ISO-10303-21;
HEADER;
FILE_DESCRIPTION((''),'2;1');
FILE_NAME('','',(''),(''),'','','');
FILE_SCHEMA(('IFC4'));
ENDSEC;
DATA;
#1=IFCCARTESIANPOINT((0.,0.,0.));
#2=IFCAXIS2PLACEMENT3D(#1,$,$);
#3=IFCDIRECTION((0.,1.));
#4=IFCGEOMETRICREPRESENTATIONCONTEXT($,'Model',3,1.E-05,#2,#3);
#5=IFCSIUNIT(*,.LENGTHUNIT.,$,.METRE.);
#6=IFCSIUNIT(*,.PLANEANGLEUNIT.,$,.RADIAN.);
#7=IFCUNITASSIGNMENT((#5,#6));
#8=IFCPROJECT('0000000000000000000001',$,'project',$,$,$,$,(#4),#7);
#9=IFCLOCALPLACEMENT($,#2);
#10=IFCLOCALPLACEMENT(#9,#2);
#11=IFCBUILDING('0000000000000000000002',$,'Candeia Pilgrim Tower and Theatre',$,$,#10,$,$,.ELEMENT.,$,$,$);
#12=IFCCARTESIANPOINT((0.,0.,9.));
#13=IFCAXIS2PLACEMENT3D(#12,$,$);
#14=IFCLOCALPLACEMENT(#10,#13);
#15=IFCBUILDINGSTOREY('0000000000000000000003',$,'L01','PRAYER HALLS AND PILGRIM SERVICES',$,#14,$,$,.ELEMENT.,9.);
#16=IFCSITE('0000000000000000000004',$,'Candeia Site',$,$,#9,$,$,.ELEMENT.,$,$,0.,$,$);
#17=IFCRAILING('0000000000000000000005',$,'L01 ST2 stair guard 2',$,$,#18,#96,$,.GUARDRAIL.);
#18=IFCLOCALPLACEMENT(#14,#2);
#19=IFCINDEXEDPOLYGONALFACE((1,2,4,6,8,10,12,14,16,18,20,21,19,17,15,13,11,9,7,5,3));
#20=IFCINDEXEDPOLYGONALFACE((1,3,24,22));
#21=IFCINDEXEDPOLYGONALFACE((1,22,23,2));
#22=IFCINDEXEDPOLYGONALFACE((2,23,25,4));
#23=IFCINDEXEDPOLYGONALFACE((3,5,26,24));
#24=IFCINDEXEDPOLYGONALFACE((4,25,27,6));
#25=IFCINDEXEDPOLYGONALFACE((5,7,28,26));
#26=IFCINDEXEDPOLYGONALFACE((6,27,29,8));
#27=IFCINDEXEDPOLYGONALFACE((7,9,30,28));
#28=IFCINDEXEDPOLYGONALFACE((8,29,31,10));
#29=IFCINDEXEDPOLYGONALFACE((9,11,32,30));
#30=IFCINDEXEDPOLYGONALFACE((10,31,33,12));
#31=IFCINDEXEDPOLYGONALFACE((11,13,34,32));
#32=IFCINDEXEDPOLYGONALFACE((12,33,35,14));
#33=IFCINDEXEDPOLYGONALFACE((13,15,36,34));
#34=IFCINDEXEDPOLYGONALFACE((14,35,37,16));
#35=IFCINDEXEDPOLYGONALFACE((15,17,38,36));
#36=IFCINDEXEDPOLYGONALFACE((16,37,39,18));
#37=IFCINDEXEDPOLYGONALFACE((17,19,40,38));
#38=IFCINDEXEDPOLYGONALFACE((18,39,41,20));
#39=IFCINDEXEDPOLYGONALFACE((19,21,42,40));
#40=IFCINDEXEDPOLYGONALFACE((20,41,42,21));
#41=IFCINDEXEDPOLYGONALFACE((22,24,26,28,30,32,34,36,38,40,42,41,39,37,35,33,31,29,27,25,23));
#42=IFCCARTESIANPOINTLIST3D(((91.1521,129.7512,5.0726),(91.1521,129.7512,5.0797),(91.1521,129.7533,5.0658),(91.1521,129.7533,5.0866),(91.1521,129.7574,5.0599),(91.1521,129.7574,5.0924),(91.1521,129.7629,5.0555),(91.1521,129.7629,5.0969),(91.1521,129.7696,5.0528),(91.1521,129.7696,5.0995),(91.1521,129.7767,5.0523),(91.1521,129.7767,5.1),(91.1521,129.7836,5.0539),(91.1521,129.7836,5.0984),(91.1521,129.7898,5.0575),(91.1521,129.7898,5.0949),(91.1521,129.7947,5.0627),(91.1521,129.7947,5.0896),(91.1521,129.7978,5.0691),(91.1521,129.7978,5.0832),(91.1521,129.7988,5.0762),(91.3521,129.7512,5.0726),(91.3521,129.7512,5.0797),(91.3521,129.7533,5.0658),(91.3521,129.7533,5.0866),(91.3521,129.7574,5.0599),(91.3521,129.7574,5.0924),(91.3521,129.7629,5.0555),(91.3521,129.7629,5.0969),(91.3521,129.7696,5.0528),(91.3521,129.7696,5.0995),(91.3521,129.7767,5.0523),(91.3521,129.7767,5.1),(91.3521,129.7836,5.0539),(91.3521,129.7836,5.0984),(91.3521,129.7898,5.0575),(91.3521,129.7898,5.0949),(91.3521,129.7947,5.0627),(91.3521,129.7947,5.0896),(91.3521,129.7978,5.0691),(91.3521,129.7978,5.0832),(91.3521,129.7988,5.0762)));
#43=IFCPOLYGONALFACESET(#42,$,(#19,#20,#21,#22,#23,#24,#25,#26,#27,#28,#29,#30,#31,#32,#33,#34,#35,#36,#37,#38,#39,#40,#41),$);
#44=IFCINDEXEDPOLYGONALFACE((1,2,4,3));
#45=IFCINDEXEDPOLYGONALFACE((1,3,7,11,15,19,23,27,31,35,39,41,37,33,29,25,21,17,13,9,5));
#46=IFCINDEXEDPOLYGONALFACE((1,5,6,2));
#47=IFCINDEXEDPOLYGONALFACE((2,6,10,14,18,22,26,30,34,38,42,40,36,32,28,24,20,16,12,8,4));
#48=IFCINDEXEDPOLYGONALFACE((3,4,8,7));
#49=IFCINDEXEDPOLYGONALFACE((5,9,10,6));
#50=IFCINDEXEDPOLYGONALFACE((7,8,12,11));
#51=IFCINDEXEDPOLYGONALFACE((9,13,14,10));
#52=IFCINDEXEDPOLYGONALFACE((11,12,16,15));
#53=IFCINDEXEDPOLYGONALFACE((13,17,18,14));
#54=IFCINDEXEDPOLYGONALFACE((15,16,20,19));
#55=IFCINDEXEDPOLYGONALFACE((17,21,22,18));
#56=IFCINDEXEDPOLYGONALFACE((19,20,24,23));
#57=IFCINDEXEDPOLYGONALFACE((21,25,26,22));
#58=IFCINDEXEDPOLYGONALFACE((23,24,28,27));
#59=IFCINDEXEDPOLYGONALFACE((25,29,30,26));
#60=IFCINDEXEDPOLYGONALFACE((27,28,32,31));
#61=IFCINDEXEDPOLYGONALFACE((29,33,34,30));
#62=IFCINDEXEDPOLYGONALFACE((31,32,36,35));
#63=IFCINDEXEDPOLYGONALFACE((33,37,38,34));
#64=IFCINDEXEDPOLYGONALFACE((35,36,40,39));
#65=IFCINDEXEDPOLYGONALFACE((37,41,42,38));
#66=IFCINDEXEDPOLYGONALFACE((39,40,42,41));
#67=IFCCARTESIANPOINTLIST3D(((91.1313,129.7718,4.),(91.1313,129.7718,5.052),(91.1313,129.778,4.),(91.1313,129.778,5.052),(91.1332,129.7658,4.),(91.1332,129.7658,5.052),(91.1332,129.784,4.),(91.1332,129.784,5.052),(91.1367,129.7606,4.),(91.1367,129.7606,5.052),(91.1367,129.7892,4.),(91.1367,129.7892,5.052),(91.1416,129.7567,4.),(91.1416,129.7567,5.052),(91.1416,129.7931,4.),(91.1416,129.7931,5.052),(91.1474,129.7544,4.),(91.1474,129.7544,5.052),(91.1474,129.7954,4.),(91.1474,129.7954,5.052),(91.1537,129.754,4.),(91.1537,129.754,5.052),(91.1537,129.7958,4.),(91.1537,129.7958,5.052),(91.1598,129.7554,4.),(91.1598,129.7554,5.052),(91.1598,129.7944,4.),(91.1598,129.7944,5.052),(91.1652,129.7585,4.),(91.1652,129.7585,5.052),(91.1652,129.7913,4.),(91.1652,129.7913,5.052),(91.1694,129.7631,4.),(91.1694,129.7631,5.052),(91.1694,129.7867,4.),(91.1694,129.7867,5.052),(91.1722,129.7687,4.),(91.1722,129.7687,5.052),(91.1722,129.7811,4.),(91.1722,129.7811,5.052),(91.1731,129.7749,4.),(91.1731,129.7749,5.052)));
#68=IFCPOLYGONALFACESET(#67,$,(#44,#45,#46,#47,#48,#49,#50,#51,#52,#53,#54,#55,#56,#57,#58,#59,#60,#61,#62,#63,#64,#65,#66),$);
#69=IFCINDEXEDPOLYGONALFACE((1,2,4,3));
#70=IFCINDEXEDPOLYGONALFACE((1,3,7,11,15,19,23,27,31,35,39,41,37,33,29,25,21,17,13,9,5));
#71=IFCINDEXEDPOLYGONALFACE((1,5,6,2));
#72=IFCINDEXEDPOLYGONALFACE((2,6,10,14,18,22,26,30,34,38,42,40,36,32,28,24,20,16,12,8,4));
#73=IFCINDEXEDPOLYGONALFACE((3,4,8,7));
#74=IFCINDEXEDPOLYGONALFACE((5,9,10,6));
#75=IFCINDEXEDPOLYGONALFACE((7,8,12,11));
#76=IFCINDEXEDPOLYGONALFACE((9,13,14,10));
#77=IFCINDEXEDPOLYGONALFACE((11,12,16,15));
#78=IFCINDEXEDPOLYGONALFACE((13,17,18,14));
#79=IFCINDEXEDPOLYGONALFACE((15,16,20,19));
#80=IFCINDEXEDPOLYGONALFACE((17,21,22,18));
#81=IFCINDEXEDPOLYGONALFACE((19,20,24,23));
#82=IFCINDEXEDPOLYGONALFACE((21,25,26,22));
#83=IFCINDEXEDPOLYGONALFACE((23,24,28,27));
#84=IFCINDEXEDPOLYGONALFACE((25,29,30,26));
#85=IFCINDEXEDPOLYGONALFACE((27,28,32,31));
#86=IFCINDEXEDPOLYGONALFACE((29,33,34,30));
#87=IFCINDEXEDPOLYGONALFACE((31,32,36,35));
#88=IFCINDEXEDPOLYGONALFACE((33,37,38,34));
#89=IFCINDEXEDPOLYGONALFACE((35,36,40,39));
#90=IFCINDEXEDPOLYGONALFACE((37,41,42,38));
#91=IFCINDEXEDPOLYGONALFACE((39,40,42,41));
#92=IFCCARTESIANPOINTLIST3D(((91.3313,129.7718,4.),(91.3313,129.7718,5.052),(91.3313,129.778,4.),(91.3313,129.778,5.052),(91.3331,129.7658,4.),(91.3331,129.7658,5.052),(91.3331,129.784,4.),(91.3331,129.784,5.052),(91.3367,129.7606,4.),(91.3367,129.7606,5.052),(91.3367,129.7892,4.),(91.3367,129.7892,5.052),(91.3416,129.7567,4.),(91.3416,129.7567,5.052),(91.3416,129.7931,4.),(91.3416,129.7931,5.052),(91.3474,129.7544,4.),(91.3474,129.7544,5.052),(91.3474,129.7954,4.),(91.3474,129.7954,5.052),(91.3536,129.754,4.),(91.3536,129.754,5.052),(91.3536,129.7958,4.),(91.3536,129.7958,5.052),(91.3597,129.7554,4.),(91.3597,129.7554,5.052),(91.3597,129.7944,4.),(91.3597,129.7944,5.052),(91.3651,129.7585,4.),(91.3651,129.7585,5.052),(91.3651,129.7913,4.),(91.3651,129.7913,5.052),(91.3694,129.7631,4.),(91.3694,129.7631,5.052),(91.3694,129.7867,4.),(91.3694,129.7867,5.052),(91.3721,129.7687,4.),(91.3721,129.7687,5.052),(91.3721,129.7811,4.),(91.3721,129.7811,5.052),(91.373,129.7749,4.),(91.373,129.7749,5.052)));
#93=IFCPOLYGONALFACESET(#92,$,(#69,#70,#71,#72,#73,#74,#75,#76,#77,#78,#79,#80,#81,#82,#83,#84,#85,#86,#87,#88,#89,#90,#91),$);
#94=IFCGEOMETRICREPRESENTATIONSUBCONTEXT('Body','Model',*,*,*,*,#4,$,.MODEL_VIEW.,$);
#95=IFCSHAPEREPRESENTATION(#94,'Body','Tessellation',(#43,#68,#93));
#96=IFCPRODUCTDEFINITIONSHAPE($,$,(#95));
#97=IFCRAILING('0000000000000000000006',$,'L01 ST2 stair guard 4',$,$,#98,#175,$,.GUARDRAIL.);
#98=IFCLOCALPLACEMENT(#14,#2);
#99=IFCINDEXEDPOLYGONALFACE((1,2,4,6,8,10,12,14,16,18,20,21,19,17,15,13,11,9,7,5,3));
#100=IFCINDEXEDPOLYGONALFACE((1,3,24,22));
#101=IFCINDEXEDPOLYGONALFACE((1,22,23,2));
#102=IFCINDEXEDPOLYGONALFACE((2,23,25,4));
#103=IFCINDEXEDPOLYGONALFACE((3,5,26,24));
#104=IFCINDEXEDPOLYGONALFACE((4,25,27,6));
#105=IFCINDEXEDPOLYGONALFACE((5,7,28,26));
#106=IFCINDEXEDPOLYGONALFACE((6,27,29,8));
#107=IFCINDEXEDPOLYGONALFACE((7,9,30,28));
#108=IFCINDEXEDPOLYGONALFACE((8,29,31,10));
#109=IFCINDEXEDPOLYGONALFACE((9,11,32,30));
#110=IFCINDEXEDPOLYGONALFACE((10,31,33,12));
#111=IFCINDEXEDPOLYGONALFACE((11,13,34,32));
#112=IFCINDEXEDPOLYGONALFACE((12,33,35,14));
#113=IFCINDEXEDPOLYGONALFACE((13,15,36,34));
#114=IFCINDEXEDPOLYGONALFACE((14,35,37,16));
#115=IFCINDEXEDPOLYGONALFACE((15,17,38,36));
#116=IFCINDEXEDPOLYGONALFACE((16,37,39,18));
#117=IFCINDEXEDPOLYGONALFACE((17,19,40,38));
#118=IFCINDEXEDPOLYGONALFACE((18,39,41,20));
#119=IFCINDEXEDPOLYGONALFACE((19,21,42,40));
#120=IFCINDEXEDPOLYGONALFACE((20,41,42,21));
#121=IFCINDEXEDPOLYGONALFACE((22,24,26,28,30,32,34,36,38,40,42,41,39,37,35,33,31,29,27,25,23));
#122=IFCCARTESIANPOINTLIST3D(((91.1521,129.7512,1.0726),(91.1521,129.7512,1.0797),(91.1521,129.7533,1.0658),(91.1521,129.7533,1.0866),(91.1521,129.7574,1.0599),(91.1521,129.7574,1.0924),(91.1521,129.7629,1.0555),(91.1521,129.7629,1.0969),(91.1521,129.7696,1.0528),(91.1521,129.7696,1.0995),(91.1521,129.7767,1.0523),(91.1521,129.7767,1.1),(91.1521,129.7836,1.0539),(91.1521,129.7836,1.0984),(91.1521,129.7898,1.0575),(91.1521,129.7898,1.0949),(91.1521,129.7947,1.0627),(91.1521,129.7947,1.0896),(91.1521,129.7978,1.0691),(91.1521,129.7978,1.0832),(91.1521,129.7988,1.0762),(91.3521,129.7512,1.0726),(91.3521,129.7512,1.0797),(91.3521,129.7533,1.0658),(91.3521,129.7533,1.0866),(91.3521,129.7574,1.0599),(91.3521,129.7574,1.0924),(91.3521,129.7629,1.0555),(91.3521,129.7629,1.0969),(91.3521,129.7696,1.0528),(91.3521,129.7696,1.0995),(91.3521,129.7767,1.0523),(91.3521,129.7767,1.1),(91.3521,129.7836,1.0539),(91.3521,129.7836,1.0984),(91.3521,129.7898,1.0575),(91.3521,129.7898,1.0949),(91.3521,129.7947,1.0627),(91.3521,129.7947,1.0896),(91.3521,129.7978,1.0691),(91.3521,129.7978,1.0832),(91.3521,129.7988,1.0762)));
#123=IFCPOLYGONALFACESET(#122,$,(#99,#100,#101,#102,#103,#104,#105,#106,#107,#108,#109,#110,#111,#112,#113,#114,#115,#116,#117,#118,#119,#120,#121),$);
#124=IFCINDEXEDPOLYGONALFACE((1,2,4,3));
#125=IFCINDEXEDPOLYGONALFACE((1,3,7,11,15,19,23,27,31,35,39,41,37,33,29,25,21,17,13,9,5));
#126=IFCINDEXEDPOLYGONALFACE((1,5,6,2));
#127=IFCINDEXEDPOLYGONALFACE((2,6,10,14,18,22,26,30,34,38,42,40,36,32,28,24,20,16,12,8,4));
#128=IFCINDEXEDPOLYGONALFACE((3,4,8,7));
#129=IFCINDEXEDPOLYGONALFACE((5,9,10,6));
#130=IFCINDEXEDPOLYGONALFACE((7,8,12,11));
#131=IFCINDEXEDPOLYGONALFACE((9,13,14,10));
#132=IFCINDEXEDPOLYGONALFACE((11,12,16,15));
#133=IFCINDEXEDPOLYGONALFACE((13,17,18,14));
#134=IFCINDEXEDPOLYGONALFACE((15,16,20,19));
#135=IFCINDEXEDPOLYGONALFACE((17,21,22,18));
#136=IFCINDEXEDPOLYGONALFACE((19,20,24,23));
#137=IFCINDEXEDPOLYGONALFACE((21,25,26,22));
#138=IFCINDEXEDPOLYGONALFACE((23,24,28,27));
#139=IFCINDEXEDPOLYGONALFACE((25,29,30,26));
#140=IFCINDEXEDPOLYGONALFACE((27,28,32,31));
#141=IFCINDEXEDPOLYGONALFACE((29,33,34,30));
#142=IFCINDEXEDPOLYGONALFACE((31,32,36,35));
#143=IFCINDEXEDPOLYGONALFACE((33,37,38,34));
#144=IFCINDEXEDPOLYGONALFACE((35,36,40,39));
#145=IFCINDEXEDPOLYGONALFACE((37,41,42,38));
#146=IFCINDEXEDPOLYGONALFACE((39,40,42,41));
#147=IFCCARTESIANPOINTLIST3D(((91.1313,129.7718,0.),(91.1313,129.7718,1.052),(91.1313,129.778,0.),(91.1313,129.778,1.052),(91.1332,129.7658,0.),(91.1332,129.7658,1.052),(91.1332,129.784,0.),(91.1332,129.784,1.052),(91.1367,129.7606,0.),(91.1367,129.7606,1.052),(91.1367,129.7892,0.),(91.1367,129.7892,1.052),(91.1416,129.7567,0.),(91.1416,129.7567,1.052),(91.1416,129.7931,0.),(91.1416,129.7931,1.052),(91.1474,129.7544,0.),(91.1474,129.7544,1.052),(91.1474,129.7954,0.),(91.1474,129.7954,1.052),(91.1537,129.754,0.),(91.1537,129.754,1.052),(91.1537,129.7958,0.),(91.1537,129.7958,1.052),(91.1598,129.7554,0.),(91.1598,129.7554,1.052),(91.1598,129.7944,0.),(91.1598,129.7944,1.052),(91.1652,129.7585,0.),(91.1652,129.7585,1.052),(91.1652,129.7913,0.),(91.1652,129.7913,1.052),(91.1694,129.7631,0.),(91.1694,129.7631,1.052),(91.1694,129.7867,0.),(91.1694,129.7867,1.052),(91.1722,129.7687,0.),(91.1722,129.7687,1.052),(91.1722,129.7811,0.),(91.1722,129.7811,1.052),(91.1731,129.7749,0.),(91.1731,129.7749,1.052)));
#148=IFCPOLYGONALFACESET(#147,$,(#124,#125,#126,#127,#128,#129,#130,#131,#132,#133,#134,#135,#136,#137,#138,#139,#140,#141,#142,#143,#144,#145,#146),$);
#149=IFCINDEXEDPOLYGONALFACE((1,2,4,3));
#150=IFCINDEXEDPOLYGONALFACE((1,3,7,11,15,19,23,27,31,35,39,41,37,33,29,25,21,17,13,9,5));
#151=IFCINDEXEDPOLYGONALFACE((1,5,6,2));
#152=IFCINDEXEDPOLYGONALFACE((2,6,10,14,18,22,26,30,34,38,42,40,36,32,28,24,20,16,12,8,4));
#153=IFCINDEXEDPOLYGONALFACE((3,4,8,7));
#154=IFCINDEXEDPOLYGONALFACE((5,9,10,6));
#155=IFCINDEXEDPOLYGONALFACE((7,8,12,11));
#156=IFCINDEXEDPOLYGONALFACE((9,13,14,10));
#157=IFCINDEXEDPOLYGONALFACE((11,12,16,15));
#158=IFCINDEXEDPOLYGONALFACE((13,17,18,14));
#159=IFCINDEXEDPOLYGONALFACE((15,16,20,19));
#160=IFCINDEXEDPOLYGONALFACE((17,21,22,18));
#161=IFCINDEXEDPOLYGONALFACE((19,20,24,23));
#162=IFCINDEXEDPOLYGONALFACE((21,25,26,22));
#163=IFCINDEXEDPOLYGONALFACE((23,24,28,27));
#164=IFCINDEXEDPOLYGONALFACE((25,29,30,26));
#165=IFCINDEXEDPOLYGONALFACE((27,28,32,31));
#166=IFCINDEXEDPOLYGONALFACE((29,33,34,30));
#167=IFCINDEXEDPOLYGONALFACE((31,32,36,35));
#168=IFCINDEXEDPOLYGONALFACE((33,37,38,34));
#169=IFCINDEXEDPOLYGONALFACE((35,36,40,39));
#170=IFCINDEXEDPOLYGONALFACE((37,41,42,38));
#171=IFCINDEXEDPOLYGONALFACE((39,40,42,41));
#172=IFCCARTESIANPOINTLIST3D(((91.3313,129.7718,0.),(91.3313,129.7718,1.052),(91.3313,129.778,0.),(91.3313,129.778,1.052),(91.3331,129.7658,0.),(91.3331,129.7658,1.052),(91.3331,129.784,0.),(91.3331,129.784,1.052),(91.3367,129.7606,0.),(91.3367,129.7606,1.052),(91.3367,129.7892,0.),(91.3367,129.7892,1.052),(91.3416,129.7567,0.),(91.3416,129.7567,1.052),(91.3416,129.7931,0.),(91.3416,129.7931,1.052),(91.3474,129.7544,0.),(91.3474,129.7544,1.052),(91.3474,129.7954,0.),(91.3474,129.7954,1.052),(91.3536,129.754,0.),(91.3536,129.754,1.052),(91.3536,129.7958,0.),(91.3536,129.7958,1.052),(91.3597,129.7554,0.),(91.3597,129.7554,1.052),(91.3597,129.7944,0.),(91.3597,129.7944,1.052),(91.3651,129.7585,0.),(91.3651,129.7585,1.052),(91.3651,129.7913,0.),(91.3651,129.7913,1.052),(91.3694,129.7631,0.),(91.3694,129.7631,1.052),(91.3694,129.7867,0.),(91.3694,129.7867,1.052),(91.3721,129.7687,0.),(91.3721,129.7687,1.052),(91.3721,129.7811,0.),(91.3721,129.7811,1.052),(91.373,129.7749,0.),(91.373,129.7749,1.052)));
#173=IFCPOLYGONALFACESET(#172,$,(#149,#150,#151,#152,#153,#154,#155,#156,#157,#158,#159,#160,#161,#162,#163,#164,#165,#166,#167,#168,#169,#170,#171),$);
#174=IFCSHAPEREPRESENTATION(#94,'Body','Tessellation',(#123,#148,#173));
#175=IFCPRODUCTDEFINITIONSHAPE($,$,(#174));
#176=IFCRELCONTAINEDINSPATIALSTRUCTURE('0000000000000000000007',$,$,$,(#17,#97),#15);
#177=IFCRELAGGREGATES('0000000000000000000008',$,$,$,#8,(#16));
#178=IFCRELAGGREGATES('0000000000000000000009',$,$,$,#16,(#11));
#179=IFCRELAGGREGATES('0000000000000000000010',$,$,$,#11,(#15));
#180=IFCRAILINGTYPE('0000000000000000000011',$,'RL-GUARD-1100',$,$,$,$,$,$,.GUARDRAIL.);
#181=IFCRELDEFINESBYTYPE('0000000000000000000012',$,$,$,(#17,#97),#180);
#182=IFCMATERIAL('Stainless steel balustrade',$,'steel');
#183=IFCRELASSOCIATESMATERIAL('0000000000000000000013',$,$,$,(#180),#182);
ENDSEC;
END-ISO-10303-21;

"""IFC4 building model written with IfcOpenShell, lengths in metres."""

from ifc_helpers import new_model, si_unit, direction, frame, origin, origin_2d, place, context, subcontext, project, spatial, circle, extrude, material, type_object, element, save


model = new_model("IFC4")

# Units and contexts
model_context = context("Model", 3, precision=1e-05, world=origin(), true_north=direction((0.0, 1.0)))
body_context = subcontext(model_context, "Body", "Model", "MODEL_VIEW")
ifc_project = project(units=[si_unit("LENGTHUNIT", "METRE"), si_unit("PLANEANGLEUNIT", "RADIAN")], contexts=[model_context])

# Site, building, storey
site_placement = place(None, origin())
site = spatial("IfcSite", under=ifc_project, at=site_placement, Name="Candeia Site", CompositionType="ELEMENT", RefElevation=0.0)
building_placement = place(site_placement, origin())
building = spatial("IfcBuilding", under=site, at=building_placement, Name="Candeia Pilgrim Tower and Theatre", CompositionType="ELEMENT")
storey_placement = place(building_placement, frame((0.0, 0.0, 9.0)))
storey = spatial("IfcBuildingStorey", under=building, at=storey_placement, Name="L01", Description="PRAYER HALLS AND PILGRIM SERVICES", CompositionType="ELEMENT", Elevation=9.0)

# Railings
ifc_material_1 = material(Name="Stainless steel balustrade", Category="steel")
railing_type_1 = type_object("IfcRailingType", Name="RL-GUARD-1100", PredefinedType="GUARDRAIL", material=ifc_material_1)
railing_1_placement = place(storey_placement, frame((91.1521, 129.7749, 4.0)))
element("IfcRailing", 1, at=railing_1_placement, inside=storey, type_object=railing_type_1, Name="L01 ST2 stair guard 2", PredefinedType="GUARDRAIL", context=body_context, shape_type="SweptSolid", body=[
    extrude(circle(Radius=0.0239, at=origin_2d()), frame((0.0, 0.0, 1.0762), z_axis=(1.0, 0.0, 0.0), x_axis=(0.0, 1.0, 0.0)), (0.0, 0.0, 1.0), 0.2),
    extrude(circle(Radius=0.021, at=origin_2d()), origin(), (0.0, 0.0, 1.0), 1.052),
    extrude(circle(Radius=0.021, at=origin_2d()), frame((0.2, 0.0, 0.0)), (0.0, 0.0, 1.0), 1.052),
])
railing_2_placement = place(storey_placement, frame((91.1521, 129.7749, 0.0)))
element("IfcRailing", 2, at=railing_2_placement, inside=storey, type_object=railing_type_1, Name="L01 ST2 stair guard 4", PredefinedType="GUARDRAIL", context=body_context, shape_type="SweptSolid", body=[
    extrude(circle(Radius=0.0239, at=origin_2d()), frame((0.0, 0.0, 1.0762), z_axis=(1.0, 0.0, 0.0), x_axis=(0.0, 1.0, 0.0)), (0.0, 0.0, 1.0), 0.2),
    extrude(circle(Radius=0.021, at=origin_2d()), origin(), (0.0, 0.0, 1.0), 1.052),
    extrude(circle(Radius=0.021, at=origin_2d()), frame((0.2, 0.0, 0.0)), (0.0, 0.0, 1.0), 1.052),
])

save(model, "model.ifc")
